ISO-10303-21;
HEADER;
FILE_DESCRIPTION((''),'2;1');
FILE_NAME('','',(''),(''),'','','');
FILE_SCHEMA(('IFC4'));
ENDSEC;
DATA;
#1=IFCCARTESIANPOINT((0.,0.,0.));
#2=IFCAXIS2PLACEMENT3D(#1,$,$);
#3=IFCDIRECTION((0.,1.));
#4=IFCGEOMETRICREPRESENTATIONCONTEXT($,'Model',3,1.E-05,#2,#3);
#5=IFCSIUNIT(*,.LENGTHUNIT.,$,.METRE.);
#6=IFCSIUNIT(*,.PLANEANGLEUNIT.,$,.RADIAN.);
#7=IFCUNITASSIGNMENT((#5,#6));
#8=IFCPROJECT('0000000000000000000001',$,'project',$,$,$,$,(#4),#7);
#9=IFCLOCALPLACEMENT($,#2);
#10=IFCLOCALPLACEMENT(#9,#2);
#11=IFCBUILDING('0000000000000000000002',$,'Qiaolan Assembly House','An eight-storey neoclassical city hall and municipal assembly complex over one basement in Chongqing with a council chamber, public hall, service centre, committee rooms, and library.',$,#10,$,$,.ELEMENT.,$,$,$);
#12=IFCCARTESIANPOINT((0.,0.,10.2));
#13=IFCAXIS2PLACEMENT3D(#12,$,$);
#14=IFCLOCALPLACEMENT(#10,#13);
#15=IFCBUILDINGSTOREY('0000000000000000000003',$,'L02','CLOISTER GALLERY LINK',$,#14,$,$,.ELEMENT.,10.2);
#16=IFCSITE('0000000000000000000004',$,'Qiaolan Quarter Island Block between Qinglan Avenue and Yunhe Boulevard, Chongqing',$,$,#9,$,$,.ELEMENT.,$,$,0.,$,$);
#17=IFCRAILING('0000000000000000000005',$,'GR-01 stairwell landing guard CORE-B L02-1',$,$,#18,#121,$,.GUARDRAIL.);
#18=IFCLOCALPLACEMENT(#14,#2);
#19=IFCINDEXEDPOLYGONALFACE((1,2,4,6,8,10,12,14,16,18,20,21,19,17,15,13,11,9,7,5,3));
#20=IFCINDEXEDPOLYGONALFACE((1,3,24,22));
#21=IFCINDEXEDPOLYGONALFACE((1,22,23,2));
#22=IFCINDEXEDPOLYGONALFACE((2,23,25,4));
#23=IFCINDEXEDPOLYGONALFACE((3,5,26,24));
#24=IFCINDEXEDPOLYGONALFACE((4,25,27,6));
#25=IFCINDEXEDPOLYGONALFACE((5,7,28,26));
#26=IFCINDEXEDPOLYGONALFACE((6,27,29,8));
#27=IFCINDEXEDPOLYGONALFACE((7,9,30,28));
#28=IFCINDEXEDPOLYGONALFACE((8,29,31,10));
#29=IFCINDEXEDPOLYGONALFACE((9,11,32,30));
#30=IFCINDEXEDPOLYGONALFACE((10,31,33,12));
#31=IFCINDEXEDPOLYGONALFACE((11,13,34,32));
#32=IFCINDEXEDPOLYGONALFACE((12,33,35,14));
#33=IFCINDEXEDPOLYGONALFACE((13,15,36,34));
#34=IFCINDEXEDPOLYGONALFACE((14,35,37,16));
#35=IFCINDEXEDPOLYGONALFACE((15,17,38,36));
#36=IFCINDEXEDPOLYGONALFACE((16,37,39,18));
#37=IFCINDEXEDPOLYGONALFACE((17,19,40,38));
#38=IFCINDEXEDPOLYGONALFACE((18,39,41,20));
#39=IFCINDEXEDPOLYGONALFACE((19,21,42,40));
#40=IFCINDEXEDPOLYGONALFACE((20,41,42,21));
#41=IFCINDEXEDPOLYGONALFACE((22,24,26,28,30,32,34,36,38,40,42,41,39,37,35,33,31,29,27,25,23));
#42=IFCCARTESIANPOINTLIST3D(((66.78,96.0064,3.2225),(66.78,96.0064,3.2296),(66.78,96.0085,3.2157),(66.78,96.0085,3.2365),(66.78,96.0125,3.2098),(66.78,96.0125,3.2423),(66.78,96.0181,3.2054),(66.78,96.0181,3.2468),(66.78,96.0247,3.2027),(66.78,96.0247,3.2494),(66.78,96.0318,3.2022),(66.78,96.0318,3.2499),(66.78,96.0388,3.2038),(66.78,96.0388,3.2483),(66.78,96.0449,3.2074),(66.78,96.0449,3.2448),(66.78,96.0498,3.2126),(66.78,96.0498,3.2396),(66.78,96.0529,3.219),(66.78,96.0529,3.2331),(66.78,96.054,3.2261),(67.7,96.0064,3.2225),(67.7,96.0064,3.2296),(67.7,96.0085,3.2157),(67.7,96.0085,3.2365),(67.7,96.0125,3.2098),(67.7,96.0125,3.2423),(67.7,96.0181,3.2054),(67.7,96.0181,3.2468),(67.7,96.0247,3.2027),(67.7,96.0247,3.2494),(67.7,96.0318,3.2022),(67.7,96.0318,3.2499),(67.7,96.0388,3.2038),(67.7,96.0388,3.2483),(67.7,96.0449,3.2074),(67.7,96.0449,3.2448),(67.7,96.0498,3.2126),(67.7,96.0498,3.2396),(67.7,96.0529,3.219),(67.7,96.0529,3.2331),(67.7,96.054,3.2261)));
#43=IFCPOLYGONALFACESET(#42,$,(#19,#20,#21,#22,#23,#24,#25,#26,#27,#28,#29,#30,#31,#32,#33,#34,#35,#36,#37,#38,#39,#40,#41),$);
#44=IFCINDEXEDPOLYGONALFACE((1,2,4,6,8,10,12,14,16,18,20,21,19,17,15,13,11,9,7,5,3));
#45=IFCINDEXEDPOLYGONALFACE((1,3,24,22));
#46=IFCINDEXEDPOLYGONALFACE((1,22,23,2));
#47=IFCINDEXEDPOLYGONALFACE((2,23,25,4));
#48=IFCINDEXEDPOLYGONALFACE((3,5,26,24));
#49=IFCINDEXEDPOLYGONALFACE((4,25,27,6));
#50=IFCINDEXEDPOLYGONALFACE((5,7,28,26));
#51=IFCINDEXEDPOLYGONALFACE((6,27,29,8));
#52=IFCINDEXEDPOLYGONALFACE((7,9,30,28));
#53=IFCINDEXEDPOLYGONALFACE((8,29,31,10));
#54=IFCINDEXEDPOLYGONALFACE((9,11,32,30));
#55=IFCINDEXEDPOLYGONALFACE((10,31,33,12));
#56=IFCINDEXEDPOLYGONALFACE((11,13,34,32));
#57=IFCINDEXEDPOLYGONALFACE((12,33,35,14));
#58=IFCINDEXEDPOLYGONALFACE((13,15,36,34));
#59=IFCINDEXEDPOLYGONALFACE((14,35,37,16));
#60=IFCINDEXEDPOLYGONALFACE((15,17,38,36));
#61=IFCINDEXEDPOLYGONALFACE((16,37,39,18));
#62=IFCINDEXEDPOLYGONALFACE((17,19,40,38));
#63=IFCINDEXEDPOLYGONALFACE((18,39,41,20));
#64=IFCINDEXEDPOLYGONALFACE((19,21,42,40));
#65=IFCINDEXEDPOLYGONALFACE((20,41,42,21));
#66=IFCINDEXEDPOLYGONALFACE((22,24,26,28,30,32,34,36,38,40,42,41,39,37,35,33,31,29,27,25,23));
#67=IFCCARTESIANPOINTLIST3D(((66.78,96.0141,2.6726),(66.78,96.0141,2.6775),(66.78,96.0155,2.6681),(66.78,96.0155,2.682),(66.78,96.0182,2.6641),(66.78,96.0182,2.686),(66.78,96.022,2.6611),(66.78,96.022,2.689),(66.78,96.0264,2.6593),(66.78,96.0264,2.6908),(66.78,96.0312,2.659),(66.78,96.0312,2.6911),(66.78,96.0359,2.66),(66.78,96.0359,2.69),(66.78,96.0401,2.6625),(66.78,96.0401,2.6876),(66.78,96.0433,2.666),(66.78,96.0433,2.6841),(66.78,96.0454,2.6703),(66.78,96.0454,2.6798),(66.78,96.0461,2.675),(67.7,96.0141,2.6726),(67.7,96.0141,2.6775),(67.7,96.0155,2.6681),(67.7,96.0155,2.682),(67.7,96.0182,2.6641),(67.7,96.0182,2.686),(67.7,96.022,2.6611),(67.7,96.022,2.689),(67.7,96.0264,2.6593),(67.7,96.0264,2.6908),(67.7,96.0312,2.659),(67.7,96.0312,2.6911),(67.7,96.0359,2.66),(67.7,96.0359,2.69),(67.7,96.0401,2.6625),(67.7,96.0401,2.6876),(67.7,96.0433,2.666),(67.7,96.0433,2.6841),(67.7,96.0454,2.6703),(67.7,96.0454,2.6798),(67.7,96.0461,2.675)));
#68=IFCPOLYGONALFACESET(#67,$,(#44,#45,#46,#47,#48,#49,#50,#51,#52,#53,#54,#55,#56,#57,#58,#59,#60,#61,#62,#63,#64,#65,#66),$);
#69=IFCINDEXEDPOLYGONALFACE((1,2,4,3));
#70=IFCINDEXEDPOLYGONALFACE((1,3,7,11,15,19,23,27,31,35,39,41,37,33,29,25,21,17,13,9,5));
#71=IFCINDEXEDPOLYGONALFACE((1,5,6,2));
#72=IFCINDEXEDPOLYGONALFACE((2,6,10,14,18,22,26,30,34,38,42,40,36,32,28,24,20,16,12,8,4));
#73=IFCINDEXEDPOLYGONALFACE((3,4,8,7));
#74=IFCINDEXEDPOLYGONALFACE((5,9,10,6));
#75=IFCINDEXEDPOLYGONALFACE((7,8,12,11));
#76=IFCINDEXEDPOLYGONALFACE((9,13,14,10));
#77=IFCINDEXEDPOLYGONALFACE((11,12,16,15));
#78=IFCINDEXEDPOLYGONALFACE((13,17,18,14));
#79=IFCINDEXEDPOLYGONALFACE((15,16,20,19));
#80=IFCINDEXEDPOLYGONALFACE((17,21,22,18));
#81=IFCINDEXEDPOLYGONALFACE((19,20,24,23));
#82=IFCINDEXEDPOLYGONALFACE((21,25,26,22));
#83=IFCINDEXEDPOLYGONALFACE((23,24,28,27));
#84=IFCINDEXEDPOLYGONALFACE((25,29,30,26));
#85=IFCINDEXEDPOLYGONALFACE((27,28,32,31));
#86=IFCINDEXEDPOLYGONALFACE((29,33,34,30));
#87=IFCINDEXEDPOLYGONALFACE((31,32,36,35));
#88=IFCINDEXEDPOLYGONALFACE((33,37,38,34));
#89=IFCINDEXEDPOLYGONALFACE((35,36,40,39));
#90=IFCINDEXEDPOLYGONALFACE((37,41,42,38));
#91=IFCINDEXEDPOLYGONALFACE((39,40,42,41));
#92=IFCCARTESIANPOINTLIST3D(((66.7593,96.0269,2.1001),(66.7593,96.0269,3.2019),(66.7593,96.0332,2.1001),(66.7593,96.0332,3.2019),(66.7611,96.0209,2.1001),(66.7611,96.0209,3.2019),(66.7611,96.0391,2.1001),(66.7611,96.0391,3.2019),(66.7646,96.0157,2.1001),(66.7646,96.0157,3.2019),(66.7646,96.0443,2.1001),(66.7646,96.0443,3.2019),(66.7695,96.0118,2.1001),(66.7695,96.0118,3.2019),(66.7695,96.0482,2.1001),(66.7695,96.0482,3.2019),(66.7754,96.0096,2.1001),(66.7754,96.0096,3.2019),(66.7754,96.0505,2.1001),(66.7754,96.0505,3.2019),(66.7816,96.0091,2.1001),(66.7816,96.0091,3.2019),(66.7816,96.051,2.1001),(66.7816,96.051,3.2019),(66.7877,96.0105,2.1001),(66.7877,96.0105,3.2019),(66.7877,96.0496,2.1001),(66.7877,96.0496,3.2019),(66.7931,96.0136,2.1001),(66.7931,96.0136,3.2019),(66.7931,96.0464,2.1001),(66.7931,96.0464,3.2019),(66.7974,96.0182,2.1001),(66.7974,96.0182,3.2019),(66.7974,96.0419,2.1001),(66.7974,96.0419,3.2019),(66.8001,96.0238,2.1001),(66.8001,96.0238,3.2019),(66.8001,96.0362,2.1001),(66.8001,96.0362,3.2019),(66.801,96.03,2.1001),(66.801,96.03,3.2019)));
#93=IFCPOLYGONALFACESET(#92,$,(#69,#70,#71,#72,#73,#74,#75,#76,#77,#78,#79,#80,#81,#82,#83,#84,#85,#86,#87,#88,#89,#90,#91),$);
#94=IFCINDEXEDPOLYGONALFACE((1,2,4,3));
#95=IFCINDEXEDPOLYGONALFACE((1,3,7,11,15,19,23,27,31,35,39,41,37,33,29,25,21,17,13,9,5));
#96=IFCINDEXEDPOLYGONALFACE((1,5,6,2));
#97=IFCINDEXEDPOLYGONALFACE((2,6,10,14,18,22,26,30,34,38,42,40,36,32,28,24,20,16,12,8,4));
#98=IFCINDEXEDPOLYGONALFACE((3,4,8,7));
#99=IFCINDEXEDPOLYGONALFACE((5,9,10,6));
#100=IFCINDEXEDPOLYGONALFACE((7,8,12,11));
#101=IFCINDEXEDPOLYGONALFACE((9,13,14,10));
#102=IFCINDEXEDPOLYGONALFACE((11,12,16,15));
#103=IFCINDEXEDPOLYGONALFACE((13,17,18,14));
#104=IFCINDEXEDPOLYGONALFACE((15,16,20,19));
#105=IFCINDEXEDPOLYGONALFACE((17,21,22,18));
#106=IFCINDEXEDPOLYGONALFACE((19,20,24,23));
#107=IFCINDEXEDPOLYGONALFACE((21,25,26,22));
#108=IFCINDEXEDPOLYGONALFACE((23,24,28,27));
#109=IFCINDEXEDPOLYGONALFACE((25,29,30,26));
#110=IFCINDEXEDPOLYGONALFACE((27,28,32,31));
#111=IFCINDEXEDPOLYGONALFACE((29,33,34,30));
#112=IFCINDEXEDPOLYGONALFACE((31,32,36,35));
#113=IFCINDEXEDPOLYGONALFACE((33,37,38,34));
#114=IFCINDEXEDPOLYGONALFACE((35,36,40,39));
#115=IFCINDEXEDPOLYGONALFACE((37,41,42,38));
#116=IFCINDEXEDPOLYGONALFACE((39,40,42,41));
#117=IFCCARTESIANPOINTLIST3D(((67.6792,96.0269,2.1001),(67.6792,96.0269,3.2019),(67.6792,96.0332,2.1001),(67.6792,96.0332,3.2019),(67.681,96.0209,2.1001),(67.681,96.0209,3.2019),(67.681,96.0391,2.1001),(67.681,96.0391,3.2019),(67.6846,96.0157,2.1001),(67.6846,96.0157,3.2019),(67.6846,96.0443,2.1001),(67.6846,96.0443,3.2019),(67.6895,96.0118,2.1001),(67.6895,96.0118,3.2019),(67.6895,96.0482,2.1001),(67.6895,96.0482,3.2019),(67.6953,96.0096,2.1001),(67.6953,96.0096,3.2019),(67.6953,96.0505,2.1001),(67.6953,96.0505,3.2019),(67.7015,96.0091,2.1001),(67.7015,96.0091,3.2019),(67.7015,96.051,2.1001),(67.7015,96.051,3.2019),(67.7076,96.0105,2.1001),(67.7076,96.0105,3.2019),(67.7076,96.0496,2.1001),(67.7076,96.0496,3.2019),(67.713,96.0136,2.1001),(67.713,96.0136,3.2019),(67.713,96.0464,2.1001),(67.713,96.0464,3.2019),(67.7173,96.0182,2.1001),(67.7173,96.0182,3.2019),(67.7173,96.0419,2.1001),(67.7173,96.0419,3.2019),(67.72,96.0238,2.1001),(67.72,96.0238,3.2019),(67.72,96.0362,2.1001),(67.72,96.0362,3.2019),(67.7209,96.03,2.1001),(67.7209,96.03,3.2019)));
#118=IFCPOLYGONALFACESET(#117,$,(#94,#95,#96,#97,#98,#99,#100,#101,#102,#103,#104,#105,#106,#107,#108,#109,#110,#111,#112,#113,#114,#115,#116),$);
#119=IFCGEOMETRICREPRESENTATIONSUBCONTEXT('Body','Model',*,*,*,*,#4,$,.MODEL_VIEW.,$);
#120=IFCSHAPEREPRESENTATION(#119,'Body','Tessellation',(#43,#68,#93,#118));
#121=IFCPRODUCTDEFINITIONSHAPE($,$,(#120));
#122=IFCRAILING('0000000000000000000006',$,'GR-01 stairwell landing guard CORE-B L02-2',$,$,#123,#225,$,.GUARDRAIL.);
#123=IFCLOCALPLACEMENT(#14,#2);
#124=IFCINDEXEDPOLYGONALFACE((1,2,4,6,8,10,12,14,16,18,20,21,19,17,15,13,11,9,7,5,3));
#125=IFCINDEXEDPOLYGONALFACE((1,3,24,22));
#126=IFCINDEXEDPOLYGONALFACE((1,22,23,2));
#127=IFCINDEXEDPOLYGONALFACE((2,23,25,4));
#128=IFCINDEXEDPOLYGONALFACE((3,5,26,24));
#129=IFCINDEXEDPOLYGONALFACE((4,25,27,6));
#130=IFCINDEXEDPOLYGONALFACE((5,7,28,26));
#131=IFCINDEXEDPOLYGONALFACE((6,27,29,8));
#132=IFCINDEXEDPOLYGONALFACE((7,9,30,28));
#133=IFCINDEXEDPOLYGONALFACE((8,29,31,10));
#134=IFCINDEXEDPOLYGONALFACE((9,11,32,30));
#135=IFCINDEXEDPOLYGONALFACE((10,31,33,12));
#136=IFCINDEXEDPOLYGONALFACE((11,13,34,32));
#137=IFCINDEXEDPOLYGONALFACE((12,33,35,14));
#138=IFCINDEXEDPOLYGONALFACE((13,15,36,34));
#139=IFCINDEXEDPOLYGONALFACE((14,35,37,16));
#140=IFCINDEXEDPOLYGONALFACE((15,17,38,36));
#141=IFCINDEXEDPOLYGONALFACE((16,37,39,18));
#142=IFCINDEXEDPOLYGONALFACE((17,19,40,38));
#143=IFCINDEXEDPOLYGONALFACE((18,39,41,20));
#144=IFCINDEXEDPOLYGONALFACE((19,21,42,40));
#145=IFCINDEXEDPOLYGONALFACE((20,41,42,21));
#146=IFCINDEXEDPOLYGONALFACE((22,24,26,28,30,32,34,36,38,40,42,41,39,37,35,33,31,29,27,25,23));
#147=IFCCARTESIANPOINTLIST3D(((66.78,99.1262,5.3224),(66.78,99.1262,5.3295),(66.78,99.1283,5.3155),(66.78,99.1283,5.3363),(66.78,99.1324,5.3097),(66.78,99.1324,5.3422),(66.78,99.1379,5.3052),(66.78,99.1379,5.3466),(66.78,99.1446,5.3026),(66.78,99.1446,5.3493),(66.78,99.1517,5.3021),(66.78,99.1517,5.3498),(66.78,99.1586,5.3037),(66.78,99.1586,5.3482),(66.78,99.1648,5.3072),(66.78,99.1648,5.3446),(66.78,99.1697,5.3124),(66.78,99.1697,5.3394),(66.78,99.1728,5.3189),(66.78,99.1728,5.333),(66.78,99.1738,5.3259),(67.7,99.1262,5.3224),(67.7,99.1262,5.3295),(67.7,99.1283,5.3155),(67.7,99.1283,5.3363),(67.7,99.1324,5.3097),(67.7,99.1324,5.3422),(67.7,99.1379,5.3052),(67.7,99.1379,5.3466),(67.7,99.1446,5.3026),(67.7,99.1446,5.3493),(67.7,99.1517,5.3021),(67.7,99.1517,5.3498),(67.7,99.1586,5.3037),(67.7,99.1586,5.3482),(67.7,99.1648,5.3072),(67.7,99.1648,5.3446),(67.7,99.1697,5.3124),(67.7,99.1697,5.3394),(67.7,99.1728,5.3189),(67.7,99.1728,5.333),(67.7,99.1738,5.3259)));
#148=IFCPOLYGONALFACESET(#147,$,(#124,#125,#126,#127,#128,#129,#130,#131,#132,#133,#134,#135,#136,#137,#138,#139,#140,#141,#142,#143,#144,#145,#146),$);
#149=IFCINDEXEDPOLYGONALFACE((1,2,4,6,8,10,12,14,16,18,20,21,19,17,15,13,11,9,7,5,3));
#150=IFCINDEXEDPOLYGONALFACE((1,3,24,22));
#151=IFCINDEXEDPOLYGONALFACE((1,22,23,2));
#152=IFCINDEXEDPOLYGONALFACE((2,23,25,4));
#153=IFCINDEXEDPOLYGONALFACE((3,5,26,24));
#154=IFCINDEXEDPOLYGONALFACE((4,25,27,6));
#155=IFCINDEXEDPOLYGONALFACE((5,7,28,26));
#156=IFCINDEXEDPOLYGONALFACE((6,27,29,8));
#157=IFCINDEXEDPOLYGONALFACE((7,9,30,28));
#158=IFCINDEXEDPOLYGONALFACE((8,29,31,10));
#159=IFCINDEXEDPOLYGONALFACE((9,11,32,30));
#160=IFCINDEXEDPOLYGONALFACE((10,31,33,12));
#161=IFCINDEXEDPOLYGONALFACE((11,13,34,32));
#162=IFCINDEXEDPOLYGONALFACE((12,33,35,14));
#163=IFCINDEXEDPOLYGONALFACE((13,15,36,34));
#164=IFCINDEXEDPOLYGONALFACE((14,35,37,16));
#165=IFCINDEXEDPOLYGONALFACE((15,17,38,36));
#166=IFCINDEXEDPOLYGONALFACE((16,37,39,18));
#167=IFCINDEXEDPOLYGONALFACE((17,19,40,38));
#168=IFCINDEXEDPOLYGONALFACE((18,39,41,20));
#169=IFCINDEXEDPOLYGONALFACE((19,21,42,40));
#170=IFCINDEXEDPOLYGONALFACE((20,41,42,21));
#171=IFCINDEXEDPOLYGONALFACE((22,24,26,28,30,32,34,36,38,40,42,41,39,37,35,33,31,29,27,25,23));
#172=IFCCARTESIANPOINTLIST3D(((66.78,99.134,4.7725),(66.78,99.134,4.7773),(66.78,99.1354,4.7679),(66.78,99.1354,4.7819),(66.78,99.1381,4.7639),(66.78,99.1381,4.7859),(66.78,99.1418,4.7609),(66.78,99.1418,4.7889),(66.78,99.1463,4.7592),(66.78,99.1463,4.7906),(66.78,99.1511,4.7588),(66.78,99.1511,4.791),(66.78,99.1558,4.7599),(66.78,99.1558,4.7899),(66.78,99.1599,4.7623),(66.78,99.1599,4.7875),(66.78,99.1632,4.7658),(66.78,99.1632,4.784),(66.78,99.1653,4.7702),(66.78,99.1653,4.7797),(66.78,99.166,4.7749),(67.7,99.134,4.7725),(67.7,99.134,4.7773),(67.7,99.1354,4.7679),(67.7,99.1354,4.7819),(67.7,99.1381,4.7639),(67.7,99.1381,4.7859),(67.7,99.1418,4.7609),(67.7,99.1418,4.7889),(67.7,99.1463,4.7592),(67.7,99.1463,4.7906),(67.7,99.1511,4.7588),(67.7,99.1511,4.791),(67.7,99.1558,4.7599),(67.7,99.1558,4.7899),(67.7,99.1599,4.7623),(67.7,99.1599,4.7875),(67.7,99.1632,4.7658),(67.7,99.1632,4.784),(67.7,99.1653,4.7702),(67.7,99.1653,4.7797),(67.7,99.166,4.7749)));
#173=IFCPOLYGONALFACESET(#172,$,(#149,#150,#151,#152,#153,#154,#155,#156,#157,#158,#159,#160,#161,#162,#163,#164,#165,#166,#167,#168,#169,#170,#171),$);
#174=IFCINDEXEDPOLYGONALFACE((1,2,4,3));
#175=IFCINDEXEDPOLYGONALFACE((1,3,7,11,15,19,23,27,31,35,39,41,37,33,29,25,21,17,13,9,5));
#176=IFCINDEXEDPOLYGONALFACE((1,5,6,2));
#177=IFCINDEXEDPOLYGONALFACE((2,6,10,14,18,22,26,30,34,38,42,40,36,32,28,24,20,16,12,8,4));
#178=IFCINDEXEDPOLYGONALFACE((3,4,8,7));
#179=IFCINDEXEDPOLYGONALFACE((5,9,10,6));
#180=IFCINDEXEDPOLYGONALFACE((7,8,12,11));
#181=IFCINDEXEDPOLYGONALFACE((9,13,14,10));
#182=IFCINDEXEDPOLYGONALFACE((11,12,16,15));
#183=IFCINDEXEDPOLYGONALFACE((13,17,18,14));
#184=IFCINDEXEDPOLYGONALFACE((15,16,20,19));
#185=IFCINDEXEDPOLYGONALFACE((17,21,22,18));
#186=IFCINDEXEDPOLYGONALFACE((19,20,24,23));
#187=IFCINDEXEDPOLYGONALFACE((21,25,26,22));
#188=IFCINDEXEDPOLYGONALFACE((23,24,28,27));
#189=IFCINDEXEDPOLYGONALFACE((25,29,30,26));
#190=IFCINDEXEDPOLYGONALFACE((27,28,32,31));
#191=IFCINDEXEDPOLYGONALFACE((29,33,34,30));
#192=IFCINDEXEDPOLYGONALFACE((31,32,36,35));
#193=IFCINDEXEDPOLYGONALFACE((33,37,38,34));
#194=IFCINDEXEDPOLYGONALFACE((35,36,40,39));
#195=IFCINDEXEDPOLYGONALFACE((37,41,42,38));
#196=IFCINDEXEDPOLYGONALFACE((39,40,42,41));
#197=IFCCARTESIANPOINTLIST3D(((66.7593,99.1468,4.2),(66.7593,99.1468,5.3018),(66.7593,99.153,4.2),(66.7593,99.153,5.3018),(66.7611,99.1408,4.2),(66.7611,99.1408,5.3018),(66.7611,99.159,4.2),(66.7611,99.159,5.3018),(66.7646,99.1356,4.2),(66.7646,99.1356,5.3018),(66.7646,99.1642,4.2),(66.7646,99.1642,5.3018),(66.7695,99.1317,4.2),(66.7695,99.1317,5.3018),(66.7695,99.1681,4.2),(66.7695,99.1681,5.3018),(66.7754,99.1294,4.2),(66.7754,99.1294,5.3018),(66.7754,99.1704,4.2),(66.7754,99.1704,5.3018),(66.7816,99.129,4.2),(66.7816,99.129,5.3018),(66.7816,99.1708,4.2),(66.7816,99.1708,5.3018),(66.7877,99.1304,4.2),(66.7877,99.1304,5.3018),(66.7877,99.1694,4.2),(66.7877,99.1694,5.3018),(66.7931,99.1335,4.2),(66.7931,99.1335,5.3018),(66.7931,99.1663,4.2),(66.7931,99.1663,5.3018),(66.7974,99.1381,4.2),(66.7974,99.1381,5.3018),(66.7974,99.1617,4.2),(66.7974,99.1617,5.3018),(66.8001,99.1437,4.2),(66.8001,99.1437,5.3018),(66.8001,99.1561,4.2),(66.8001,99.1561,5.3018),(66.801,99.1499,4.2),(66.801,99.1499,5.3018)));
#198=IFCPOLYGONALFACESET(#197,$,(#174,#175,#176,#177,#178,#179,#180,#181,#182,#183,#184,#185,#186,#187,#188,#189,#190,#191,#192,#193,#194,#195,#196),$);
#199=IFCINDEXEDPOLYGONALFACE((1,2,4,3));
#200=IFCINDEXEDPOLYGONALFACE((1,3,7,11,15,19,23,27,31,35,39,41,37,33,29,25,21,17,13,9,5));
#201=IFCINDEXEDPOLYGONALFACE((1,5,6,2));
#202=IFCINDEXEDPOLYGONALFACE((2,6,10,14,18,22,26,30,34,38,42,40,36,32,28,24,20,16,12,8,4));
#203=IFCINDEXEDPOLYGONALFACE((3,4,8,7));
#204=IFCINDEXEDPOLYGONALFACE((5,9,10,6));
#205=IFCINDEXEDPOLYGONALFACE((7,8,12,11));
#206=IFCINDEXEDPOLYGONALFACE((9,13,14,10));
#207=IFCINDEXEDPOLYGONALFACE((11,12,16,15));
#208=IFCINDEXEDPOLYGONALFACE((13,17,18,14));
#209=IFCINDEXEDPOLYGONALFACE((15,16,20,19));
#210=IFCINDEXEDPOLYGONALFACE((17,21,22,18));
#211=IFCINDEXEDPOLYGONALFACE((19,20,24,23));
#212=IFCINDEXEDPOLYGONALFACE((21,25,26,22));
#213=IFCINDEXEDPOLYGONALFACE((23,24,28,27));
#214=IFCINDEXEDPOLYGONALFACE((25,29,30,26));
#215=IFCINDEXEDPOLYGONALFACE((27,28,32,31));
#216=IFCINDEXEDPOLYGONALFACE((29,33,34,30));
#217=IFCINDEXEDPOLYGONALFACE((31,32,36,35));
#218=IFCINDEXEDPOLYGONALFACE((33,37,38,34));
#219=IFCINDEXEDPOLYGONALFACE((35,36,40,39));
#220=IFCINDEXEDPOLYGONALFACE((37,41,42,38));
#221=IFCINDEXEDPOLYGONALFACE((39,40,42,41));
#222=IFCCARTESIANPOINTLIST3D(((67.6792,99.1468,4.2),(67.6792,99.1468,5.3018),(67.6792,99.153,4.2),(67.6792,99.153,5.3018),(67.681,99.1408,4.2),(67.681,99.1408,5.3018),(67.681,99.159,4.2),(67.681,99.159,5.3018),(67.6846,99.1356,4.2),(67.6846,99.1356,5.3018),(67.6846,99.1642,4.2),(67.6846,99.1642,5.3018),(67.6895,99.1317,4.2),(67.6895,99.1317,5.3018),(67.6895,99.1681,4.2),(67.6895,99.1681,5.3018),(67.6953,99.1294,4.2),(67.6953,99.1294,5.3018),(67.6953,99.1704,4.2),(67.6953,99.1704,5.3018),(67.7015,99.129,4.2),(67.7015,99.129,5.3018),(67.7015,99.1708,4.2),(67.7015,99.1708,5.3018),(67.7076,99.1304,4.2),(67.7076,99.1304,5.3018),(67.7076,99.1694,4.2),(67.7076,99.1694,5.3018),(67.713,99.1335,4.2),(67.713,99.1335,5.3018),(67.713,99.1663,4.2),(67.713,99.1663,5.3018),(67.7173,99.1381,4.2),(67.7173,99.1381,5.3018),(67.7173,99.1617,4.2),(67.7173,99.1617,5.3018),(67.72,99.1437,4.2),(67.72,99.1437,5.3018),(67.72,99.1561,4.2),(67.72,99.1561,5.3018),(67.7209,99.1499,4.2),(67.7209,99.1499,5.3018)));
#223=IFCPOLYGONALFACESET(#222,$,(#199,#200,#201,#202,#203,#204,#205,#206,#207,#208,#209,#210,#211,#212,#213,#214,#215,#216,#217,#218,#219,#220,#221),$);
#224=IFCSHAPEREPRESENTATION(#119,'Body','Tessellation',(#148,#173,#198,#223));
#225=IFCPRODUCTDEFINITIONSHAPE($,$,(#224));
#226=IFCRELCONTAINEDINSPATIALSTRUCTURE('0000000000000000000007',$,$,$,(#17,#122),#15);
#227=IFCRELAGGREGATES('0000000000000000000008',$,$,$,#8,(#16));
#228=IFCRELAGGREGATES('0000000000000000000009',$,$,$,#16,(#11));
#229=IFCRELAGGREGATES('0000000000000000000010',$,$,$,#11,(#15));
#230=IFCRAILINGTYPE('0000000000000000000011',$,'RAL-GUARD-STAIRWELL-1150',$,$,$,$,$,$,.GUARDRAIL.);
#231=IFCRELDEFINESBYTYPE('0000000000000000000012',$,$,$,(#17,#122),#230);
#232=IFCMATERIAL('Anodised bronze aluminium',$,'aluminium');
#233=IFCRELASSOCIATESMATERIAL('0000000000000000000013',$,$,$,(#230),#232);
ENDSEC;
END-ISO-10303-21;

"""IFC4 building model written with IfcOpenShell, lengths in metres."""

from ifc_helpers import new_model, si_unit, direction, frame, origin, origin_2d, place, context, subcontext, project, spatial, circle, extrude, material, type_object, element, save


model = new_model("IFC4")

# Units and contexts
model_context = context("Model", 3, precision=1e-05, world=origin(), true_north=direction((0.0, 1.0)))
body_context = subcontext(model_context, "Body", "Model", "MODEL_VIEW")
ifc_project = project(units=[si_unit("LENGTHUNIT", "METRE"), si_unit("PLANEANGLEUNIT", "RADIAN")], contexts=[model_context])

# Site, building, storey
site_placement = place(None, origin())
site = spatial("IfcSite", under=ifc_project, at=site_placement, Name="Qiaolan Quarter Island Block between Qinglan Avenue and Yunhe Boulevard, Chongqing", CompositionType="ELEMENT", RefElevation=0.0)
building_placement = place(site_placement, origin())
building = spatial("IfcBuilding", under=site, at=building_placement, Name="Qiaolan Assembly House", Description="An eight-storey neoclassical city hall and municipal assembly complex over one basement in Chongqing with a council chamber, public hall, service centre, committee rooms, and library.", CompositionType="ELEMENT")
storey_placement = place(building_placement, frame((0.0, 0.0, 10.2)))
storey = spatial("IfcBuildingStorey", under=building, at=storey_placement, Name="L02", Description="CLOISTER GALLERY LINK", CompositionType="ELEMENT", Elevation=10.2)

# Railings
ifc_material_1 = material(Name="Anodised bronze aluminium", Category="aluminium")
railing_type_1 = type_object("IfcRailingType", Name="RAL-GUARD-STAIRWELL-1150", PredefinedType="GUARDRAIL", material=ifc_material_1)
for number, where, name in (
    (1, (66.78, 96.03, 2.1001), "GR-01 stairwell landing guard CORE-B L02-1"),
    (2, (66.78, 99.1499, 4.2), "GR-01 stairwell landing guard CORE-B L02-2"),
):
    element("IfcRailing", number, at=place(storey_placement, frame(where)), inside=storey, type_object=railing_type_1, Name=name, PredefinedType="GUARDRAIL", context=body_context, shape_type="SweptSolid", body=[
        extrude(circle(Radius=0.0239, at=origin_2d()), frame((0.0, 0.0, 1.126), z_axis=(1.0, 0.0, 0.0), x_axis=(0.0, 1.0, 0.0)), (0.0, 0.0, 1.0), 0.9199),
        extrude(circle(Radius=0.0161, at=origin_2d()), frame((0.0, 0.0, 0.575), z_axis=(1.0, 0.0, 0.0), x_axis=(0.0, 1.0, 0.0)), (0.0, 0.0, 1.0), 0.9199),
        extrude(circle(Radius=0.021, at=origin_2d()), origin(), (0.0, 0.0, 1.0), 1.1018),
        extrude(circle(Radius=0.021, at=origin_2d()), frame((0.9199, 0.0, 0.0)), (0.0, 0.0, 1.0), 1.1018),
    ])

save(model, "model.ifc")
